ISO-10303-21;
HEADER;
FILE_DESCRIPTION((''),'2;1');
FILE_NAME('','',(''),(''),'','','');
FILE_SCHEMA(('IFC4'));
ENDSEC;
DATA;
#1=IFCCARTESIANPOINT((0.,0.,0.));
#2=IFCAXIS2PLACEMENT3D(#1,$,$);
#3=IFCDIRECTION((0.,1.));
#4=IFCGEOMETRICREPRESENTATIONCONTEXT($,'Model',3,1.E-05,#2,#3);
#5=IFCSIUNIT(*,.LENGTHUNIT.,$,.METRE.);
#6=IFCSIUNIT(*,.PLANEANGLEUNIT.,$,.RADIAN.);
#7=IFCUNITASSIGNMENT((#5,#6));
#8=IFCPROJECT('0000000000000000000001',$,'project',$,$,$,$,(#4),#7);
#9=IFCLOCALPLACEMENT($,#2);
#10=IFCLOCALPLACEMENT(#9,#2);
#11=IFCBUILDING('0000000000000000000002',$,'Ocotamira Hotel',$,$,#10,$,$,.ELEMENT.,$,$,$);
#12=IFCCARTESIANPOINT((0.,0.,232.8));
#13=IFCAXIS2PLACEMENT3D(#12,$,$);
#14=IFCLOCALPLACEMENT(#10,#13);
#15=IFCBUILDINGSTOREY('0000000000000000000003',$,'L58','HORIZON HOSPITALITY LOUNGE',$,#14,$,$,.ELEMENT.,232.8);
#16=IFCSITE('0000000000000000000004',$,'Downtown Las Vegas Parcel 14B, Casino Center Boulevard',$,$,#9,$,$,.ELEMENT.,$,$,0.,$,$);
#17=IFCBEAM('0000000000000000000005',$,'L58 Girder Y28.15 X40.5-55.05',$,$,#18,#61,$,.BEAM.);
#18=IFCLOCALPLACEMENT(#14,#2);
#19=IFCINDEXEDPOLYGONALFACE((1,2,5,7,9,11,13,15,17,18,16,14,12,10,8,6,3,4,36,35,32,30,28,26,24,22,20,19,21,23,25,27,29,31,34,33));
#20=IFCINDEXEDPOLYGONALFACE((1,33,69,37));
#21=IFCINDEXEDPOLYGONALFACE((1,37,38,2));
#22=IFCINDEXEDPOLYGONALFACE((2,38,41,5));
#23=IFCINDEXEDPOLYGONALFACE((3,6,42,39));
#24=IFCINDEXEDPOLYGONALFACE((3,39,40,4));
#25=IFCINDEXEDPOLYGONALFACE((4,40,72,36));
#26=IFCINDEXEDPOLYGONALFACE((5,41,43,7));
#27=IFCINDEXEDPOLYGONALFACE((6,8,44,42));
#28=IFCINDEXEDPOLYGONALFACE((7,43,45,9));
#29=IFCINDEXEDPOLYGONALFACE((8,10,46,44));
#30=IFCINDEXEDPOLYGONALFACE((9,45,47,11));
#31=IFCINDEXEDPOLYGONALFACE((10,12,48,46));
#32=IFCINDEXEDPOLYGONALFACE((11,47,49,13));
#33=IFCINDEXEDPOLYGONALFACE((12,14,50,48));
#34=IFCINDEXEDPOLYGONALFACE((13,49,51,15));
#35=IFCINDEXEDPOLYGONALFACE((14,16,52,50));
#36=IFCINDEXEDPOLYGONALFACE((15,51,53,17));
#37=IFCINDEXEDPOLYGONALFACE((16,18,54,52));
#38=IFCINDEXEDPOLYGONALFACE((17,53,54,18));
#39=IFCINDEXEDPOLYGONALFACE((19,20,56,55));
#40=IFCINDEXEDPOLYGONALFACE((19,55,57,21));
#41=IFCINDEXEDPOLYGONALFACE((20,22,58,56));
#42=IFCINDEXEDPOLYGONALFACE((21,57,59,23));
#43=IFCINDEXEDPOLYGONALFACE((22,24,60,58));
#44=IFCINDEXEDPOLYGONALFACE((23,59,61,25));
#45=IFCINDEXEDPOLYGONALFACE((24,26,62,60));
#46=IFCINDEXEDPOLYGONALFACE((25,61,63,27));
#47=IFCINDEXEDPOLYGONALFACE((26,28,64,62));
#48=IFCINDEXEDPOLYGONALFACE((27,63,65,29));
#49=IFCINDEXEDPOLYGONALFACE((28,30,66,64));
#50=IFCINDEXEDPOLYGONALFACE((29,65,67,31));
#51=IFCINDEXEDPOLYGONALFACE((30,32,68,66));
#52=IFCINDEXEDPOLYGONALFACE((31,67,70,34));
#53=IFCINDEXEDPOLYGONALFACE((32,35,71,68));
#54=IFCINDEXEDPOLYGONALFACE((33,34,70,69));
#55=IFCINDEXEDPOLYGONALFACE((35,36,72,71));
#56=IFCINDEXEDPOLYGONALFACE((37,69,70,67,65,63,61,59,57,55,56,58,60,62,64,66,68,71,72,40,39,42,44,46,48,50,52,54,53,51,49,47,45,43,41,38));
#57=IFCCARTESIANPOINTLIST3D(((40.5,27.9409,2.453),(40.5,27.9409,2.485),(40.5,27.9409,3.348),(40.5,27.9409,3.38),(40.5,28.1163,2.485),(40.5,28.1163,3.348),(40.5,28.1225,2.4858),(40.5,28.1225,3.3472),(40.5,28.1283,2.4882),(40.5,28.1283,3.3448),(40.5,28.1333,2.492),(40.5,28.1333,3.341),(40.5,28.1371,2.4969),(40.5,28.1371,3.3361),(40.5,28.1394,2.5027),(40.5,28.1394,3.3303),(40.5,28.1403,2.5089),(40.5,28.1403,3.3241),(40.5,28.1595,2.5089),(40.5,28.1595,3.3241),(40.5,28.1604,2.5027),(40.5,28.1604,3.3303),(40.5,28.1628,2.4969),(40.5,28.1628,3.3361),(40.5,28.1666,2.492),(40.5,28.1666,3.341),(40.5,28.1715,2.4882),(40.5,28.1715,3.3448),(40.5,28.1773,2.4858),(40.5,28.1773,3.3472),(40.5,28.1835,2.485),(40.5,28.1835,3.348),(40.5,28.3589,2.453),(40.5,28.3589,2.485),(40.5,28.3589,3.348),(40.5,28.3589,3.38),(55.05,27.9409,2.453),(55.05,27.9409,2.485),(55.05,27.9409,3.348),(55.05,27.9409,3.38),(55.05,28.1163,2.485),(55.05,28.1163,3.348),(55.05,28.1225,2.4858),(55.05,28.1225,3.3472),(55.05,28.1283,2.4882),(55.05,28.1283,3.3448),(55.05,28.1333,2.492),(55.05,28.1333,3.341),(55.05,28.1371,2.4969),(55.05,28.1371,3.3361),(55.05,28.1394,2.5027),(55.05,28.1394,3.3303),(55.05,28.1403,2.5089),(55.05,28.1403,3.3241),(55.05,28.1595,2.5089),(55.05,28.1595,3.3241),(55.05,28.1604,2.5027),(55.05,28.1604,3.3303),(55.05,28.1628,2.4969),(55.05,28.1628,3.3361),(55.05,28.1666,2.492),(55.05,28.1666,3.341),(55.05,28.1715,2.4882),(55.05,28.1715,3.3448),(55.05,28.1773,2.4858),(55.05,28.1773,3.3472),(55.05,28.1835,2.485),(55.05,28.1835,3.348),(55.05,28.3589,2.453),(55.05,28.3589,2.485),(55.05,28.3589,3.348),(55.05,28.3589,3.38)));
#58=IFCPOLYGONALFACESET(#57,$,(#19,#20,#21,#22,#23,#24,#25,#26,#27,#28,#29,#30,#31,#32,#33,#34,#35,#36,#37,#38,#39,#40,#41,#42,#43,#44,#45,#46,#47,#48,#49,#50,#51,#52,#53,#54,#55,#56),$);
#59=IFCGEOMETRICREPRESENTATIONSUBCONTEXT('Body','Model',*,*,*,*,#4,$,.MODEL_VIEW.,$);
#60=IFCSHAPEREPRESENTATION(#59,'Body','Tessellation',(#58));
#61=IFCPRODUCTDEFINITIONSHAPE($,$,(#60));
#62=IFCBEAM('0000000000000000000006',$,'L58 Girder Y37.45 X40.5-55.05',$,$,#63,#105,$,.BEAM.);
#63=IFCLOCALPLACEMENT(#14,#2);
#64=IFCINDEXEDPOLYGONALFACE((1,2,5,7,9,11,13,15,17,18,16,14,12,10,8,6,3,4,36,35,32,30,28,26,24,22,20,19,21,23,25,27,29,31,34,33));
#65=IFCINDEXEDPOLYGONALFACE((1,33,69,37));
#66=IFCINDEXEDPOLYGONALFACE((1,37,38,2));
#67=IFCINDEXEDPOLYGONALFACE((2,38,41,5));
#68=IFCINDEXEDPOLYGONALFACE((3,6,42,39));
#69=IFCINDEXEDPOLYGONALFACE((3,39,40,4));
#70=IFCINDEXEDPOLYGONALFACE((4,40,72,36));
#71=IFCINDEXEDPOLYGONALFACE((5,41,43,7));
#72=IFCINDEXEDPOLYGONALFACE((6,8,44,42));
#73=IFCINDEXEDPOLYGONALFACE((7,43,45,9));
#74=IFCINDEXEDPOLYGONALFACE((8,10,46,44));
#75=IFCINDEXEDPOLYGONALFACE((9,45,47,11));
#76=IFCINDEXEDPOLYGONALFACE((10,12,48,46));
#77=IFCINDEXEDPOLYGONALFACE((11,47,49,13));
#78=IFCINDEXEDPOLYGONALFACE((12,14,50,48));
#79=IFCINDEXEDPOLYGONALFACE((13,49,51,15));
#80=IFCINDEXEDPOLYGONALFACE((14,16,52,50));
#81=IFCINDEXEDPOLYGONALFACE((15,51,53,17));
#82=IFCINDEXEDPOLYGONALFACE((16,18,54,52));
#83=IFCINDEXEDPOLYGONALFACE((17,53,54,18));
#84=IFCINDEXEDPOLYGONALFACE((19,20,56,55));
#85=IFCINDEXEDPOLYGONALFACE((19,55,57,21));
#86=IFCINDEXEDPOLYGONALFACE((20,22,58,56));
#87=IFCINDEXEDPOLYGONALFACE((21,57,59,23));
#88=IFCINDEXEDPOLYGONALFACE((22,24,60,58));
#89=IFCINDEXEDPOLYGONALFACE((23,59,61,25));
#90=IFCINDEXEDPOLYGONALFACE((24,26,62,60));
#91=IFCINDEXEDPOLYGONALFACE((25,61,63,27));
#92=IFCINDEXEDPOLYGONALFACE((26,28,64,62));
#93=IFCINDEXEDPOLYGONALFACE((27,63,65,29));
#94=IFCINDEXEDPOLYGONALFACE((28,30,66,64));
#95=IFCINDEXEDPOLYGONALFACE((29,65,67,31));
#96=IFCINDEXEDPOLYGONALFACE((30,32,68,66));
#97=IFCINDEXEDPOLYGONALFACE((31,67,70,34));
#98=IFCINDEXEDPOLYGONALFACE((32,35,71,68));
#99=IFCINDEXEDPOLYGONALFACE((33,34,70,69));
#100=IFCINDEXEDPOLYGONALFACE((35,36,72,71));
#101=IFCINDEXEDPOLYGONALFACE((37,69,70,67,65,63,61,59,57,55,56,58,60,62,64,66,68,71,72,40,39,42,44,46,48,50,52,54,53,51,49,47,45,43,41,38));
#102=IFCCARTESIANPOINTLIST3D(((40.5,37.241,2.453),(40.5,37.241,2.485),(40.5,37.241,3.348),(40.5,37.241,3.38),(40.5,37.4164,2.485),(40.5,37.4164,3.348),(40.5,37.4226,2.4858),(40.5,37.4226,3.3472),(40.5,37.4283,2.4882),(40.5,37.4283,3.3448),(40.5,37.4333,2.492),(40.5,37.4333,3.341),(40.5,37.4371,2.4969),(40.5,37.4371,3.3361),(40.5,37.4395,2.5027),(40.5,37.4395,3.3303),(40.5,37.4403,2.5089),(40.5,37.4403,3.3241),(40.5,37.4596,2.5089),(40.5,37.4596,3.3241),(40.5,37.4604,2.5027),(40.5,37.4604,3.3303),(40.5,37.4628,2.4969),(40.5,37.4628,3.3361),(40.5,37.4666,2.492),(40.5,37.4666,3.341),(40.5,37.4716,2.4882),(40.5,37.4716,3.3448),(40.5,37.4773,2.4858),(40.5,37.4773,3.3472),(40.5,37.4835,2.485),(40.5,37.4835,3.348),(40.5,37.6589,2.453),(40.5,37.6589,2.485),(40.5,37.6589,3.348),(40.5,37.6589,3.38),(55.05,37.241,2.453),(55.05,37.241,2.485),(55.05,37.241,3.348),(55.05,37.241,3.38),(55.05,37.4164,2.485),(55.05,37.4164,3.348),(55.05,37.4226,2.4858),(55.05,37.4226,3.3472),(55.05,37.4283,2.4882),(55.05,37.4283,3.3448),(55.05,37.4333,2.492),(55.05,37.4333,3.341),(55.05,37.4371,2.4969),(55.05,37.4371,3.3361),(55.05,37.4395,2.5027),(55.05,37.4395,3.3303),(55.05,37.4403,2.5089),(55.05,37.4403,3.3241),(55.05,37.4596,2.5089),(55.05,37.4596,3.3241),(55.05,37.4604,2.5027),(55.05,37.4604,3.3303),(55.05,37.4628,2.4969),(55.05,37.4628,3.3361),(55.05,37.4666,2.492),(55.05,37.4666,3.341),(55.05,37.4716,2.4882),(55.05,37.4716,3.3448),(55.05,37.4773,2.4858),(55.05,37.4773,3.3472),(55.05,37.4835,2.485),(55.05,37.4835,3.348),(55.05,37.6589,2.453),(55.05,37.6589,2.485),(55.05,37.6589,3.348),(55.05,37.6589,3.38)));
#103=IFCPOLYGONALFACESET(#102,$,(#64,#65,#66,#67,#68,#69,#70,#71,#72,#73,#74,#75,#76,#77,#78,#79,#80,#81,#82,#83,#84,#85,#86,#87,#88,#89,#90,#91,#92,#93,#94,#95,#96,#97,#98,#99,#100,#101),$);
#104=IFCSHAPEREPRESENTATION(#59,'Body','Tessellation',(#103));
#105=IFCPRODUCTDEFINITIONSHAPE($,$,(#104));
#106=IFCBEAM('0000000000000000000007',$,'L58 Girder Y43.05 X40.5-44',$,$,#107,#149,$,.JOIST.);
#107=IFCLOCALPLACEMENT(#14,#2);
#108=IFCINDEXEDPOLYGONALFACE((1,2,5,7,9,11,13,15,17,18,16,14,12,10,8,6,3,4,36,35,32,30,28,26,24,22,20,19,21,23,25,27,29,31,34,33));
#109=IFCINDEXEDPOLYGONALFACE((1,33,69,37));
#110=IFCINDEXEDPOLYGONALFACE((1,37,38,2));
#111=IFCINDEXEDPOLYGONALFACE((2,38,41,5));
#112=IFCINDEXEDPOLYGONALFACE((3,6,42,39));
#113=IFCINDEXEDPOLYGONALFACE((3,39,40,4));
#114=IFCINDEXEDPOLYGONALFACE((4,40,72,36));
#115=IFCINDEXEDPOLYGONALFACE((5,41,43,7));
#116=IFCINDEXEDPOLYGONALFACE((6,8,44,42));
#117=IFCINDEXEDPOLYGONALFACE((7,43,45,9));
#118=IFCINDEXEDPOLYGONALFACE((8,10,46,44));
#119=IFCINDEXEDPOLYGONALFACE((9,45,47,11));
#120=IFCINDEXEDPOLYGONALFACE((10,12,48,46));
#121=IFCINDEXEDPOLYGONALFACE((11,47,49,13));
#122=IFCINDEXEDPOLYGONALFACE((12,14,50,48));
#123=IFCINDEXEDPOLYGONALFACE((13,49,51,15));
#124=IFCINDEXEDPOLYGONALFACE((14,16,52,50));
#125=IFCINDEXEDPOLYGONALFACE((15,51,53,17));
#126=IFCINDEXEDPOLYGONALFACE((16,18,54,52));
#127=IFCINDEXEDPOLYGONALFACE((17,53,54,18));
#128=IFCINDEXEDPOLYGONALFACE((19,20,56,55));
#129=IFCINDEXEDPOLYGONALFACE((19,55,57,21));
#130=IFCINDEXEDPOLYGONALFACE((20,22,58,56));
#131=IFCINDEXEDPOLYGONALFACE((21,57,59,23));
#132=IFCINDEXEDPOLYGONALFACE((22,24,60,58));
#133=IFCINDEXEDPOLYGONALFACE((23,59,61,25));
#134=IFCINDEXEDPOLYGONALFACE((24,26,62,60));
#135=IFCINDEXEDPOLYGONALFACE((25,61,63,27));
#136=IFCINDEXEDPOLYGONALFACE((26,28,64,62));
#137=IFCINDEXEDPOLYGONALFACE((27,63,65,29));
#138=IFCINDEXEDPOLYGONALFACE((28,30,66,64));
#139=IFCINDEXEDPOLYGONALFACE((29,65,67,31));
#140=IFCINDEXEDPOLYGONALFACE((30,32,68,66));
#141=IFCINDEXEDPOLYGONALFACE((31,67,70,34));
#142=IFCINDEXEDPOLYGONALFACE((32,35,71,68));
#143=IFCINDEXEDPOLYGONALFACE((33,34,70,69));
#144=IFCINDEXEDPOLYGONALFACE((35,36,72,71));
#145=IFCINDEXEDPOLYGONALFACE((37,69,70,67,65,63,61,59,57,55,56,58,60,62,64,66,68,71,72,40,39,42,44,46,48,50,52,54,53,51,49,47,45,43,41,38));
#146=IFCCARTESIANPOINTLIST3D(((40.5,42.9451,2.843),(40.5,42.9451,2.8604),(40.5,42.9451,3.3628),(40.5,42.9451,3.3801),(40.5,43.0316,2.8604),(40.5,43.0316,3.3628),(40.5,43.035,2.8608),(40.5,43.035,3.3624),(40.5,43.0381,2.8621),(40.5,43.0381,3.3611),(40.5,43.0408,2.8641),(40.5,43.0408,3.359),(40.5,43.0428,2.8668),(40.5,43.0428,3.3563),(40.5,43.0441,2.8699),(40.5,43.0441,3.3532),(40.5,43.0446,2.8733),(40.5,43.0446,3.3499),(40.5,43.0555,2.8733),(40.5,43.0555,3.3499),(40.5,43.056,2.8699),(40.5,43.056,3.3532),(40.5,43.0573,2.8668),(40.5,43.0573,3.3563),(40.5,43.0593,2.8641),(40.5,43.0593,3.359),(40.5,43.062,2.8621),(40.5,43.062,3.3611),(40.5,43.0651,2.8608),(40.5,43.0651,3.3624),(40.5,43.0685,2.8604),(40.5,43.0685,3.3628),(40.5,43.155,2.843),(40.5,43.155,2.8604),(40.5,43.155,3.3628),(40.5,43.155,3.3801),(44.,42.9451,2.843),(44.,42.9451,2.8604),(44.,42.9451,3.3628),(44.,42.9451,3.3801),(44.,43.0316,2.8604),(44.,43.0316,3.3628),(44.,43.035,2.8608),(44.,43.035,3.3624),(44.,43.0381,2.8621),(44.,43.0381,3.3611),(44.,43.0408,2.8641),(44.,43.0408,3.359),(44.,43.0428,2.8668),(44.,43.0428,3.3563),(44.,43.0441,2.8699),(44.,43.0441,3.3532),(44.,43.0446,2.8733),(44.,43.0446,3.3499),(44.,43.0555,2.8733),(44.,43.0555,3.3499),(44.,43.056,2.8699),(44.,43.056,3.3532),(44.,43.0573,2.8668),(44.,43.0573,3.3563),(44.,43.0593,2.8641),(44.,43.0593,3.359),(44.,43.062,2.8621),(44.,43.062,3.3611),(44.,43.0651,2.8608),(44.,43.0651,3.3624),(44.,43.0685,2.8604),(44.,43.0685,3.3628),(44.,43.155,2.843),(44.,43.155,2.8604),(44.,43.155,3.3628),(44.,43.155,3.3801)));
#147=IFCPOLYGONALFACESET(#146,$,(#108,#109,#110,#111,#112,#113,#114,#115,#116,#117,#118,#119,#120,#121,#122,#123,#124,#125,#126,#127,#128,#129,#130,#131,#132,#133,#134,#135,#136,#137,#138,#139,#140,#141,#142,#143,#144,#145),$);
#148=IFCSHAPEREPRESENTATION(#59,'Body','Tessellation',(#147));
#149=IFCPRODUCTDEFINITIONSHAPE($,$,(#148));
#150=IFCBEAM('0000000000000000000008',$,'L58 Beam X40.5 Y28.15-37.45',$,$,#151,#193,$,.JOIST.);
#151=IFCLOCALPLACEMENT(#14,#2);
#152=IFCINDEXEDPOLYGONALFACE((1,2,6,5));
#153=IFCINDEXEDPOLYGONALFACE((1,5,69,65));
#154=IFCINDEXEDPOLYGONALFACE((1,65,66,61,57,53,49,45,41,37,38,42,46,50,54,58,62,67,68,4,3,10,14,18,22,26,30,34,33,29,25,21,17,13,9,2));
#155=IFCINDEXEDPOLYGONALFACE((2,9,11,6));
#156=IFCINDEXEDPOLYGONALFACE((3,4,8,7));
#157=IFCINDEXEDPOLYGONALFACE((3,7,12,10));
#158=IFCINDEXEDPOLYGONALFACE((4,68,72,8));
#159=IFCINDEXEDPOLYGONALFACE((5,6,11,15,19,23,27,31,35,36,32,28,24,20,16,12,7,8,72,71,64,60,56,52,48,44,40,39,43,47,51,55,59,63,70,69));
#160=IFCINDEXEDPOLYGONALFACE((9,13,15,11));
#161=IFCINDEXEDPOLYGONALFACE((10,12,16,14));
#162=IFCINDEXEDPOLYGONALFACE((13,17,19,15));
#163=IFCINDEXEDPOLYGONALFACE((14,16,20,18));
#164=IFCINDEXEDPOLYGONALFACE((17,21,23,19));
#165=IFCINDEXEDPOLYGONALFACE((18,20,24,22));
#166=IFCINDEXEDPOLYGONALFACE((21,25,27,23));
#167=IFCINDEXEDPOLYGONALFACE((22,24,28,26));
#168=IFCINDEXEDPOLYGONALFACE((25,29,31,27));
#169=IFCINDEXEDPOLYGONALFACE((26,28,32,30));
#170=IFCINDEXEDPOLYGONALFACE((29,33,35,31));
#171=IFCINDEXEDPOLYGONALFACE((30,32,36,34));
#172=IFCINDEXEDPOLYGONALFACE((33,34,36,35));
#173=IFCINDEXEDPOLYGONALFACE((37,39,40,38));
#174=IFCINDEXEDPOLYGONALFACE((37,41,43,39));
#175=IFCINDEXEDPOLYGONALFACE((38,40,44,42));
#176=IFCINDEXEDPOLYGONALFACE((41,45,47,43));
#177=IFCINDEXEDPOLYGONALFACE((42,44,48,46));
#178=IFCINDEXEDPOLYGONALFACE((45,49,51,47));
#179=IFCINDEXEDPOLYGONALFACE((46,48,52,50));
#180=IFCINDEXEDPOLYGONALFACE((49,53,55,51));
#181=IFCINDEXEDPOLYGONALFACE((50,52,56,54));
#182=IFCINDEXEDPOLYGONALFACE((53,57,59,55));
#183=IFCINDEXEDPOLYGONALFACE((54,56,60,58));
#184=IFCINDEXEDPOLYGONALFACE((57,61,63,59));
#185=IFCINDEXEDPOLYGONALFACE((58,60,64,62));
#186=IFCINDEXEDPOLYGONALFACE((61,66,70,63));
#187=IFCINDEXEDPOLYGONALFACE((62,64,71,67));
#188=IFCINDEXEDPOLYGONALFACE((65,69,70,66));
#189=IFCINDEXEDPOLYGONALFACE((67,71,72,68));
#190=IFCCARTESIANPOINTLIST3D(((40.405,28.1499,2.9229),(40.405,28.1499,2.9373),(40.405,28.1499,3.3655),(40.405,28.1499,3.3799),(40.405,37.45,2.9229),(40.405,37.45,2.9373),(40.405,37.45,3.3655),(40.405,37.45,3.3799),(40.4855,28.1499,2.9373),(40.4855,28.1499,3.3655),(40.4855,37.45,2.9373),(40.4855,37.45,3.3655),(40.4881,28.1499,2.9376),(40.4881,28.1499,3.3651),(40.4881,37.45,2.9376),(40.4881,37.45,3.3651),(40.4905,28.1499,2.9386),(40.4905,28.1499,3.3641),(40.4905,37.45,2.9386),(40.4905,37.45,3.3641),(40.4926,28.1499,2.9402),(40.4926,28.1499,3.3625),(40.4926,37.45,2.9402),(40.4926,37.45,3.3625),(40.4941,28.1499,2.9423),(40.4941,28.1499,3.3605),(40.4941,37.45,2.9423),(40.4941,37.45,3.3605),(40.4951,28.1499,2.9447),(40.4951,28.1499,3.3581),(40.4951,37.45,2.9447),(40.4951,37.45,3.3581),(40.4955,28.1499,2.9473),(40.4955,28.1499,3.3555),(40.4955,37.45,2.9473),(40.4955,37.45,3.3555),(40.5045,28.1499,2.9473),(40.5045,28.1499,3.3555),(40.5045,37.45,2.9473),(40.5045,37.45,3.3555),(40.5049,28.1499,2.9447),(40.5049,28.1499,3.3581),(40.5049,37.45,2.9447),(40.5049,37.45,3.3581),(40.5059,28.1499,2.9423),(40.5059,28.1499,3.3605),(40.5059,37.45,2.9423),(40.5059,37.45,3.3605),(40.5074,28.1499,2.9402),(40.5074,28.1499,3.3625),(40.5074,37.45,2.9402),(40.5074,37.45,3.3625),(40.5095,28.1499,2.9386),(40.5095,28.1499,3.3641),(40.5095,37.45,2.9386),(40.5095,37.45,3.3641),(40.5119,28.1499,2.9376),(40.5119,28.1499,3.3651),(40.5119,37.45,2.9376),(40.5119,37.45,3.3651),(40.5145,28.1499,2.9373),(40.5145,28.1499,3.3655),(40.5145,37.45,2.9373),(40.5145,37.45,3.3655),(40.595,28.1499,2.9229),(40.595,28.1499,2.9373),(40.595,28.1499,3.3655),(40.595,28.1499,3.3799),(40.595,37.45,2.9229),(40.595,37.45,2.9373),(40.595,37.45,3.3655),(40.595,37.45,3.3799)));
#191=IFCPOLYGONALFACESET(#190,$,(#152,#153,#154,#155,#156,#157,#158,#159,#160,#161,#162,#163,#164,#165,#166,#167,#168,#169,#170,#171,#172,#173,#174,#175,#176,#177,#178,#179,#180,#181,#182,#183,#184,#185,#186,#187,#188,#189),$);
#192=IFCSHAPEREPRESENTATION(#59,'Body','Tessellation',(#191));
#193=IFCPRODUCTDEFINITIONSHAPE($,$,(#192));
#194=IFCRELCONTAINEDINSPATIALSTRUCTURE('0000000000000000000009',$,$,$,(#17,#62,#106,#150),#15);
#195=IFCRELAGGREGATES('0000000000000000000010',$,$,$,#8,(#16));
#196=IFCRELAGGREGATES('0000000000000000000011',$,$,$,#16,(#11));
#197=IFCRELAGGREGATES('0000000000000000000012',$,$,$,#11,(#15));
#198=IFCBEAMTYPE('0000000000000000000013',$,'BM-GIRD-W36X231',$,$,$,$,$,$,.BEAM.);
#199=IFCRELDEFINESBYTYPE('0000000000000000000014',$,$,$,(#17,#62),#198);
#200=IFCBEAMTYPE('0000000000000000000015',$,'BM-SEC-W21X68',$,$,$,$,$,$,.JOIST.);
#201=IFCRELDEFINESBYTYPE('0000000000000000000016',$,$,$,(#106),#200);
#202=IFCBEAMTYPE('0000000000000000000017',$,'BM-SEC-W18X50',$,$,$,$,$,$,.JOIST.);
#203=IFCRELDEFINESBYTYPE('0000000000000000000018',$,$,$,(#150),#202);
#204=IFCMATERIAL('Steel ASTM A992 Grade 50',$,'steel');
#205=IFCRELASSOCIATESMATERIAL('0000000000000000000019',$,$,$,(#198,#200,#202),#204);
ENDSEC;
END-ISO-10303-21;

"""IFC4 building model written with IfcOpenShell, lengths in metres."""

from ifc_helpers import new_model, si_unit, direction, frame, origin, origin_2d, place, context, subcontext, project, spatial, i_section, extrude, source, transform, mapped, material, material_profile, profile_set, type_object, element, save


model = new_model("IFC4")

# Units and contexts
model_context = context("Model", 3, precision=1e-05, world=origin(), true_north=direction((0.0, 1.0)))
body_context = subcontext(model_context, "Body", "Model", "MODEL_VIEW")
ifc_project = project(units=[si_unit("LENGTHUNIT", "METRE"), si_unit("PLANEANGLEUNIT", "RADIAN")], contexts=[model_context])

# Site, building, storey
site_placement = place(None, origin())
site = spatial("IfcSite", under=ifc_project, at=site_placement, Name="Downtown Las Vegas Parcel 14B, Casino Center Boulevard", CompositionType="ELEMENT", RefElevation=0.0)
building_placement = place(site_placement, origin())
building = spatial("IfcBuilding", under=site, at=building_placement, Name="Ocotamira Hotel", CompositionType="ELEMENT")
storey_placement = place(building_placement, frame((0.0, 0.0, 232.8)))
storey = spatial("IfcBuildingStorey", under=building, at=storey_placement, Name="L58", Description="HORIZON HOSPITALITY LOUNGE", CompositionType="ELEMENT", Elevation=232.8)

# Shared definitions
ifc_material_1 = material(Name="Steel ASTM A992 Grade 50", Category="steel")

# Beams
ifc_material_profile_1 = material_profile(ifc_material_1, i_section(OverallWidth=0.418, OverallDepth=0.927, WebThickness=0.0193, FlangeThickness=0.032, FilletRadius=0.0239, at=origin_2d()), Name="W36X231")
ifc_profile_set_1 = profile_set([ifc_material_profile_1], Name="Steel ASTM A992 Grade 50")
beam_type_1 = type_object("IfcBeamType", Name="BM-GIRD-W36X231", PredefinedType="BEAM", material=ifc_profile_set_1)
shared_shape_1 = source(origin(), body_context, "Body", "SweptSolid", [
    extrude(i_section(OverallWidth=0.418, OverallDepth=0.927, WebThickness=0.0193, FlangeThickness=0.032, FilletRadius=0.0239, at=origin_2d()), origin(), (0.0, 0.0, 1.0), 14.55),
])
for number, where, z_axis, x_axis, name in (
    (1, (40.5, 28.1499, 2.9165), (1.0, 0.0, 0.0), (0.0, 1.0, 0.0), "L58 Girder Y28.15 X40.5-55.05"),
    (2, (40.5, 37.45, 2.9165), (1.0, 0.0, 0.0), (0.0, 1.0, 0.0), "L58 Girder Y37.45 X40.5-55.05"),
):
    element("IfcBeam", number, at=place(storey_placement, frame(where, z_axis=z_axis, x_axis=x_axis)), inside=storey, type_object=beam_type_1, Name=name, PredefinedType="BEAM", context=body_context, shape_type="MappedRepresentation", body=[
        mapped(shared_shape_1, transform((0.0, 0.0, 0.0), scale=1.0)),
    ])
ifc_material_profile_2 = material_profile(ifc_material_1, i_section(OverallWidth=0.21, OverallDepth=0.5371, WebThickness=0.011, FlangeThickness=0.0173, FilletRadius=0.0129, at=origin_2d()), Name="W21X68")
ifc_profile_set_2 = profile_set([ifc_material_profile_2], Name="Steel ASTM A992 Grade 50")
beam_type_2 = type_object("IfcBeamType", Name="BM-SEC-W21X68", PredefinedType="JOIST", material=ifc_profile_set_2)
shared_shape_2 = source(origin(), body_context, "Body", "SweptSolid", [
    extrude(i_section(OverallWidth=0.21, OverallDepth=0.5371, WebThickness=0.011, FlangeThickness=0.0173, FilletRadius=0.0129, at=origin_2d()), origin(), (0.0, 0.0, 1.0), 3.5),
])
beam_1_placement = place(storey_placement, frame((40.5, 43.05, 3.1116), z_axis=(1.0, 0.0, 0.0), x_axis=(0.0, 1.0, 0.0)))
element("IfcBeam", 3, at=beam_1_placement, inside=storey, type_object=beam_type_2, Name="L58 Girder Y43.05 X40.5-44", PredefinedType="JOIST", context=body_context, shape_type="MappedRepresentation", body=[
    mapped(shared_shape_2, transform((0.0, 0.0, 0.0), scale=1.0)),
])
ifc_material_profile_3 = material_profile(ifc_material_1, i_section(OverallWidth=0.1899, OverallDepth=0.457, WebThickness=0.009, FlangeThickness=0.0144, FilletRadius=0.01, at=origin_2d()), Name="W18X50")
ifc_profile_set_3 = profile_set([ifc_material_profile_3], Name="Steel ASTM A992 Grade 50")
beam_type_3 = type_object("IfcBeamType", Name="BM-SEC-W18X50", PredefinedType="JOIST", material=ifc_profile_set_3)
shared_shape_3 = source(origin(), body_context, "Body", "SweptSolid", [
    extrude(i_section(OverallWidth=0.1899, OverallDepth=0.457, WebThickness=0.009, FlangeThickness=0.0144, FilletRadius=0.01, at=origin_2d()), origin(), (0.0, 0.0, 1.0), 9.3),
])
beam_2_placement = place(storey_placement, frame((40.5, 28.1499, 3.1514), z_axis=(0.0, 1.0, 0.0), x_axis=(-1.0, 0.0, 0.0)))
element("IfcBeam", 4, at=beam_2_placement, inside=storey, type_object=beam_type_3, Name="L58 Beam X40.5 Y28.15-37.45", PredefinedType="JOIST", context=body_context, shape_type="MappedRepresentation", body=[
    mapped(shared_shape_3, transform((0.0, 0.0, 0.0), scale=1.0)),
])

save(model, "model.ifc")
